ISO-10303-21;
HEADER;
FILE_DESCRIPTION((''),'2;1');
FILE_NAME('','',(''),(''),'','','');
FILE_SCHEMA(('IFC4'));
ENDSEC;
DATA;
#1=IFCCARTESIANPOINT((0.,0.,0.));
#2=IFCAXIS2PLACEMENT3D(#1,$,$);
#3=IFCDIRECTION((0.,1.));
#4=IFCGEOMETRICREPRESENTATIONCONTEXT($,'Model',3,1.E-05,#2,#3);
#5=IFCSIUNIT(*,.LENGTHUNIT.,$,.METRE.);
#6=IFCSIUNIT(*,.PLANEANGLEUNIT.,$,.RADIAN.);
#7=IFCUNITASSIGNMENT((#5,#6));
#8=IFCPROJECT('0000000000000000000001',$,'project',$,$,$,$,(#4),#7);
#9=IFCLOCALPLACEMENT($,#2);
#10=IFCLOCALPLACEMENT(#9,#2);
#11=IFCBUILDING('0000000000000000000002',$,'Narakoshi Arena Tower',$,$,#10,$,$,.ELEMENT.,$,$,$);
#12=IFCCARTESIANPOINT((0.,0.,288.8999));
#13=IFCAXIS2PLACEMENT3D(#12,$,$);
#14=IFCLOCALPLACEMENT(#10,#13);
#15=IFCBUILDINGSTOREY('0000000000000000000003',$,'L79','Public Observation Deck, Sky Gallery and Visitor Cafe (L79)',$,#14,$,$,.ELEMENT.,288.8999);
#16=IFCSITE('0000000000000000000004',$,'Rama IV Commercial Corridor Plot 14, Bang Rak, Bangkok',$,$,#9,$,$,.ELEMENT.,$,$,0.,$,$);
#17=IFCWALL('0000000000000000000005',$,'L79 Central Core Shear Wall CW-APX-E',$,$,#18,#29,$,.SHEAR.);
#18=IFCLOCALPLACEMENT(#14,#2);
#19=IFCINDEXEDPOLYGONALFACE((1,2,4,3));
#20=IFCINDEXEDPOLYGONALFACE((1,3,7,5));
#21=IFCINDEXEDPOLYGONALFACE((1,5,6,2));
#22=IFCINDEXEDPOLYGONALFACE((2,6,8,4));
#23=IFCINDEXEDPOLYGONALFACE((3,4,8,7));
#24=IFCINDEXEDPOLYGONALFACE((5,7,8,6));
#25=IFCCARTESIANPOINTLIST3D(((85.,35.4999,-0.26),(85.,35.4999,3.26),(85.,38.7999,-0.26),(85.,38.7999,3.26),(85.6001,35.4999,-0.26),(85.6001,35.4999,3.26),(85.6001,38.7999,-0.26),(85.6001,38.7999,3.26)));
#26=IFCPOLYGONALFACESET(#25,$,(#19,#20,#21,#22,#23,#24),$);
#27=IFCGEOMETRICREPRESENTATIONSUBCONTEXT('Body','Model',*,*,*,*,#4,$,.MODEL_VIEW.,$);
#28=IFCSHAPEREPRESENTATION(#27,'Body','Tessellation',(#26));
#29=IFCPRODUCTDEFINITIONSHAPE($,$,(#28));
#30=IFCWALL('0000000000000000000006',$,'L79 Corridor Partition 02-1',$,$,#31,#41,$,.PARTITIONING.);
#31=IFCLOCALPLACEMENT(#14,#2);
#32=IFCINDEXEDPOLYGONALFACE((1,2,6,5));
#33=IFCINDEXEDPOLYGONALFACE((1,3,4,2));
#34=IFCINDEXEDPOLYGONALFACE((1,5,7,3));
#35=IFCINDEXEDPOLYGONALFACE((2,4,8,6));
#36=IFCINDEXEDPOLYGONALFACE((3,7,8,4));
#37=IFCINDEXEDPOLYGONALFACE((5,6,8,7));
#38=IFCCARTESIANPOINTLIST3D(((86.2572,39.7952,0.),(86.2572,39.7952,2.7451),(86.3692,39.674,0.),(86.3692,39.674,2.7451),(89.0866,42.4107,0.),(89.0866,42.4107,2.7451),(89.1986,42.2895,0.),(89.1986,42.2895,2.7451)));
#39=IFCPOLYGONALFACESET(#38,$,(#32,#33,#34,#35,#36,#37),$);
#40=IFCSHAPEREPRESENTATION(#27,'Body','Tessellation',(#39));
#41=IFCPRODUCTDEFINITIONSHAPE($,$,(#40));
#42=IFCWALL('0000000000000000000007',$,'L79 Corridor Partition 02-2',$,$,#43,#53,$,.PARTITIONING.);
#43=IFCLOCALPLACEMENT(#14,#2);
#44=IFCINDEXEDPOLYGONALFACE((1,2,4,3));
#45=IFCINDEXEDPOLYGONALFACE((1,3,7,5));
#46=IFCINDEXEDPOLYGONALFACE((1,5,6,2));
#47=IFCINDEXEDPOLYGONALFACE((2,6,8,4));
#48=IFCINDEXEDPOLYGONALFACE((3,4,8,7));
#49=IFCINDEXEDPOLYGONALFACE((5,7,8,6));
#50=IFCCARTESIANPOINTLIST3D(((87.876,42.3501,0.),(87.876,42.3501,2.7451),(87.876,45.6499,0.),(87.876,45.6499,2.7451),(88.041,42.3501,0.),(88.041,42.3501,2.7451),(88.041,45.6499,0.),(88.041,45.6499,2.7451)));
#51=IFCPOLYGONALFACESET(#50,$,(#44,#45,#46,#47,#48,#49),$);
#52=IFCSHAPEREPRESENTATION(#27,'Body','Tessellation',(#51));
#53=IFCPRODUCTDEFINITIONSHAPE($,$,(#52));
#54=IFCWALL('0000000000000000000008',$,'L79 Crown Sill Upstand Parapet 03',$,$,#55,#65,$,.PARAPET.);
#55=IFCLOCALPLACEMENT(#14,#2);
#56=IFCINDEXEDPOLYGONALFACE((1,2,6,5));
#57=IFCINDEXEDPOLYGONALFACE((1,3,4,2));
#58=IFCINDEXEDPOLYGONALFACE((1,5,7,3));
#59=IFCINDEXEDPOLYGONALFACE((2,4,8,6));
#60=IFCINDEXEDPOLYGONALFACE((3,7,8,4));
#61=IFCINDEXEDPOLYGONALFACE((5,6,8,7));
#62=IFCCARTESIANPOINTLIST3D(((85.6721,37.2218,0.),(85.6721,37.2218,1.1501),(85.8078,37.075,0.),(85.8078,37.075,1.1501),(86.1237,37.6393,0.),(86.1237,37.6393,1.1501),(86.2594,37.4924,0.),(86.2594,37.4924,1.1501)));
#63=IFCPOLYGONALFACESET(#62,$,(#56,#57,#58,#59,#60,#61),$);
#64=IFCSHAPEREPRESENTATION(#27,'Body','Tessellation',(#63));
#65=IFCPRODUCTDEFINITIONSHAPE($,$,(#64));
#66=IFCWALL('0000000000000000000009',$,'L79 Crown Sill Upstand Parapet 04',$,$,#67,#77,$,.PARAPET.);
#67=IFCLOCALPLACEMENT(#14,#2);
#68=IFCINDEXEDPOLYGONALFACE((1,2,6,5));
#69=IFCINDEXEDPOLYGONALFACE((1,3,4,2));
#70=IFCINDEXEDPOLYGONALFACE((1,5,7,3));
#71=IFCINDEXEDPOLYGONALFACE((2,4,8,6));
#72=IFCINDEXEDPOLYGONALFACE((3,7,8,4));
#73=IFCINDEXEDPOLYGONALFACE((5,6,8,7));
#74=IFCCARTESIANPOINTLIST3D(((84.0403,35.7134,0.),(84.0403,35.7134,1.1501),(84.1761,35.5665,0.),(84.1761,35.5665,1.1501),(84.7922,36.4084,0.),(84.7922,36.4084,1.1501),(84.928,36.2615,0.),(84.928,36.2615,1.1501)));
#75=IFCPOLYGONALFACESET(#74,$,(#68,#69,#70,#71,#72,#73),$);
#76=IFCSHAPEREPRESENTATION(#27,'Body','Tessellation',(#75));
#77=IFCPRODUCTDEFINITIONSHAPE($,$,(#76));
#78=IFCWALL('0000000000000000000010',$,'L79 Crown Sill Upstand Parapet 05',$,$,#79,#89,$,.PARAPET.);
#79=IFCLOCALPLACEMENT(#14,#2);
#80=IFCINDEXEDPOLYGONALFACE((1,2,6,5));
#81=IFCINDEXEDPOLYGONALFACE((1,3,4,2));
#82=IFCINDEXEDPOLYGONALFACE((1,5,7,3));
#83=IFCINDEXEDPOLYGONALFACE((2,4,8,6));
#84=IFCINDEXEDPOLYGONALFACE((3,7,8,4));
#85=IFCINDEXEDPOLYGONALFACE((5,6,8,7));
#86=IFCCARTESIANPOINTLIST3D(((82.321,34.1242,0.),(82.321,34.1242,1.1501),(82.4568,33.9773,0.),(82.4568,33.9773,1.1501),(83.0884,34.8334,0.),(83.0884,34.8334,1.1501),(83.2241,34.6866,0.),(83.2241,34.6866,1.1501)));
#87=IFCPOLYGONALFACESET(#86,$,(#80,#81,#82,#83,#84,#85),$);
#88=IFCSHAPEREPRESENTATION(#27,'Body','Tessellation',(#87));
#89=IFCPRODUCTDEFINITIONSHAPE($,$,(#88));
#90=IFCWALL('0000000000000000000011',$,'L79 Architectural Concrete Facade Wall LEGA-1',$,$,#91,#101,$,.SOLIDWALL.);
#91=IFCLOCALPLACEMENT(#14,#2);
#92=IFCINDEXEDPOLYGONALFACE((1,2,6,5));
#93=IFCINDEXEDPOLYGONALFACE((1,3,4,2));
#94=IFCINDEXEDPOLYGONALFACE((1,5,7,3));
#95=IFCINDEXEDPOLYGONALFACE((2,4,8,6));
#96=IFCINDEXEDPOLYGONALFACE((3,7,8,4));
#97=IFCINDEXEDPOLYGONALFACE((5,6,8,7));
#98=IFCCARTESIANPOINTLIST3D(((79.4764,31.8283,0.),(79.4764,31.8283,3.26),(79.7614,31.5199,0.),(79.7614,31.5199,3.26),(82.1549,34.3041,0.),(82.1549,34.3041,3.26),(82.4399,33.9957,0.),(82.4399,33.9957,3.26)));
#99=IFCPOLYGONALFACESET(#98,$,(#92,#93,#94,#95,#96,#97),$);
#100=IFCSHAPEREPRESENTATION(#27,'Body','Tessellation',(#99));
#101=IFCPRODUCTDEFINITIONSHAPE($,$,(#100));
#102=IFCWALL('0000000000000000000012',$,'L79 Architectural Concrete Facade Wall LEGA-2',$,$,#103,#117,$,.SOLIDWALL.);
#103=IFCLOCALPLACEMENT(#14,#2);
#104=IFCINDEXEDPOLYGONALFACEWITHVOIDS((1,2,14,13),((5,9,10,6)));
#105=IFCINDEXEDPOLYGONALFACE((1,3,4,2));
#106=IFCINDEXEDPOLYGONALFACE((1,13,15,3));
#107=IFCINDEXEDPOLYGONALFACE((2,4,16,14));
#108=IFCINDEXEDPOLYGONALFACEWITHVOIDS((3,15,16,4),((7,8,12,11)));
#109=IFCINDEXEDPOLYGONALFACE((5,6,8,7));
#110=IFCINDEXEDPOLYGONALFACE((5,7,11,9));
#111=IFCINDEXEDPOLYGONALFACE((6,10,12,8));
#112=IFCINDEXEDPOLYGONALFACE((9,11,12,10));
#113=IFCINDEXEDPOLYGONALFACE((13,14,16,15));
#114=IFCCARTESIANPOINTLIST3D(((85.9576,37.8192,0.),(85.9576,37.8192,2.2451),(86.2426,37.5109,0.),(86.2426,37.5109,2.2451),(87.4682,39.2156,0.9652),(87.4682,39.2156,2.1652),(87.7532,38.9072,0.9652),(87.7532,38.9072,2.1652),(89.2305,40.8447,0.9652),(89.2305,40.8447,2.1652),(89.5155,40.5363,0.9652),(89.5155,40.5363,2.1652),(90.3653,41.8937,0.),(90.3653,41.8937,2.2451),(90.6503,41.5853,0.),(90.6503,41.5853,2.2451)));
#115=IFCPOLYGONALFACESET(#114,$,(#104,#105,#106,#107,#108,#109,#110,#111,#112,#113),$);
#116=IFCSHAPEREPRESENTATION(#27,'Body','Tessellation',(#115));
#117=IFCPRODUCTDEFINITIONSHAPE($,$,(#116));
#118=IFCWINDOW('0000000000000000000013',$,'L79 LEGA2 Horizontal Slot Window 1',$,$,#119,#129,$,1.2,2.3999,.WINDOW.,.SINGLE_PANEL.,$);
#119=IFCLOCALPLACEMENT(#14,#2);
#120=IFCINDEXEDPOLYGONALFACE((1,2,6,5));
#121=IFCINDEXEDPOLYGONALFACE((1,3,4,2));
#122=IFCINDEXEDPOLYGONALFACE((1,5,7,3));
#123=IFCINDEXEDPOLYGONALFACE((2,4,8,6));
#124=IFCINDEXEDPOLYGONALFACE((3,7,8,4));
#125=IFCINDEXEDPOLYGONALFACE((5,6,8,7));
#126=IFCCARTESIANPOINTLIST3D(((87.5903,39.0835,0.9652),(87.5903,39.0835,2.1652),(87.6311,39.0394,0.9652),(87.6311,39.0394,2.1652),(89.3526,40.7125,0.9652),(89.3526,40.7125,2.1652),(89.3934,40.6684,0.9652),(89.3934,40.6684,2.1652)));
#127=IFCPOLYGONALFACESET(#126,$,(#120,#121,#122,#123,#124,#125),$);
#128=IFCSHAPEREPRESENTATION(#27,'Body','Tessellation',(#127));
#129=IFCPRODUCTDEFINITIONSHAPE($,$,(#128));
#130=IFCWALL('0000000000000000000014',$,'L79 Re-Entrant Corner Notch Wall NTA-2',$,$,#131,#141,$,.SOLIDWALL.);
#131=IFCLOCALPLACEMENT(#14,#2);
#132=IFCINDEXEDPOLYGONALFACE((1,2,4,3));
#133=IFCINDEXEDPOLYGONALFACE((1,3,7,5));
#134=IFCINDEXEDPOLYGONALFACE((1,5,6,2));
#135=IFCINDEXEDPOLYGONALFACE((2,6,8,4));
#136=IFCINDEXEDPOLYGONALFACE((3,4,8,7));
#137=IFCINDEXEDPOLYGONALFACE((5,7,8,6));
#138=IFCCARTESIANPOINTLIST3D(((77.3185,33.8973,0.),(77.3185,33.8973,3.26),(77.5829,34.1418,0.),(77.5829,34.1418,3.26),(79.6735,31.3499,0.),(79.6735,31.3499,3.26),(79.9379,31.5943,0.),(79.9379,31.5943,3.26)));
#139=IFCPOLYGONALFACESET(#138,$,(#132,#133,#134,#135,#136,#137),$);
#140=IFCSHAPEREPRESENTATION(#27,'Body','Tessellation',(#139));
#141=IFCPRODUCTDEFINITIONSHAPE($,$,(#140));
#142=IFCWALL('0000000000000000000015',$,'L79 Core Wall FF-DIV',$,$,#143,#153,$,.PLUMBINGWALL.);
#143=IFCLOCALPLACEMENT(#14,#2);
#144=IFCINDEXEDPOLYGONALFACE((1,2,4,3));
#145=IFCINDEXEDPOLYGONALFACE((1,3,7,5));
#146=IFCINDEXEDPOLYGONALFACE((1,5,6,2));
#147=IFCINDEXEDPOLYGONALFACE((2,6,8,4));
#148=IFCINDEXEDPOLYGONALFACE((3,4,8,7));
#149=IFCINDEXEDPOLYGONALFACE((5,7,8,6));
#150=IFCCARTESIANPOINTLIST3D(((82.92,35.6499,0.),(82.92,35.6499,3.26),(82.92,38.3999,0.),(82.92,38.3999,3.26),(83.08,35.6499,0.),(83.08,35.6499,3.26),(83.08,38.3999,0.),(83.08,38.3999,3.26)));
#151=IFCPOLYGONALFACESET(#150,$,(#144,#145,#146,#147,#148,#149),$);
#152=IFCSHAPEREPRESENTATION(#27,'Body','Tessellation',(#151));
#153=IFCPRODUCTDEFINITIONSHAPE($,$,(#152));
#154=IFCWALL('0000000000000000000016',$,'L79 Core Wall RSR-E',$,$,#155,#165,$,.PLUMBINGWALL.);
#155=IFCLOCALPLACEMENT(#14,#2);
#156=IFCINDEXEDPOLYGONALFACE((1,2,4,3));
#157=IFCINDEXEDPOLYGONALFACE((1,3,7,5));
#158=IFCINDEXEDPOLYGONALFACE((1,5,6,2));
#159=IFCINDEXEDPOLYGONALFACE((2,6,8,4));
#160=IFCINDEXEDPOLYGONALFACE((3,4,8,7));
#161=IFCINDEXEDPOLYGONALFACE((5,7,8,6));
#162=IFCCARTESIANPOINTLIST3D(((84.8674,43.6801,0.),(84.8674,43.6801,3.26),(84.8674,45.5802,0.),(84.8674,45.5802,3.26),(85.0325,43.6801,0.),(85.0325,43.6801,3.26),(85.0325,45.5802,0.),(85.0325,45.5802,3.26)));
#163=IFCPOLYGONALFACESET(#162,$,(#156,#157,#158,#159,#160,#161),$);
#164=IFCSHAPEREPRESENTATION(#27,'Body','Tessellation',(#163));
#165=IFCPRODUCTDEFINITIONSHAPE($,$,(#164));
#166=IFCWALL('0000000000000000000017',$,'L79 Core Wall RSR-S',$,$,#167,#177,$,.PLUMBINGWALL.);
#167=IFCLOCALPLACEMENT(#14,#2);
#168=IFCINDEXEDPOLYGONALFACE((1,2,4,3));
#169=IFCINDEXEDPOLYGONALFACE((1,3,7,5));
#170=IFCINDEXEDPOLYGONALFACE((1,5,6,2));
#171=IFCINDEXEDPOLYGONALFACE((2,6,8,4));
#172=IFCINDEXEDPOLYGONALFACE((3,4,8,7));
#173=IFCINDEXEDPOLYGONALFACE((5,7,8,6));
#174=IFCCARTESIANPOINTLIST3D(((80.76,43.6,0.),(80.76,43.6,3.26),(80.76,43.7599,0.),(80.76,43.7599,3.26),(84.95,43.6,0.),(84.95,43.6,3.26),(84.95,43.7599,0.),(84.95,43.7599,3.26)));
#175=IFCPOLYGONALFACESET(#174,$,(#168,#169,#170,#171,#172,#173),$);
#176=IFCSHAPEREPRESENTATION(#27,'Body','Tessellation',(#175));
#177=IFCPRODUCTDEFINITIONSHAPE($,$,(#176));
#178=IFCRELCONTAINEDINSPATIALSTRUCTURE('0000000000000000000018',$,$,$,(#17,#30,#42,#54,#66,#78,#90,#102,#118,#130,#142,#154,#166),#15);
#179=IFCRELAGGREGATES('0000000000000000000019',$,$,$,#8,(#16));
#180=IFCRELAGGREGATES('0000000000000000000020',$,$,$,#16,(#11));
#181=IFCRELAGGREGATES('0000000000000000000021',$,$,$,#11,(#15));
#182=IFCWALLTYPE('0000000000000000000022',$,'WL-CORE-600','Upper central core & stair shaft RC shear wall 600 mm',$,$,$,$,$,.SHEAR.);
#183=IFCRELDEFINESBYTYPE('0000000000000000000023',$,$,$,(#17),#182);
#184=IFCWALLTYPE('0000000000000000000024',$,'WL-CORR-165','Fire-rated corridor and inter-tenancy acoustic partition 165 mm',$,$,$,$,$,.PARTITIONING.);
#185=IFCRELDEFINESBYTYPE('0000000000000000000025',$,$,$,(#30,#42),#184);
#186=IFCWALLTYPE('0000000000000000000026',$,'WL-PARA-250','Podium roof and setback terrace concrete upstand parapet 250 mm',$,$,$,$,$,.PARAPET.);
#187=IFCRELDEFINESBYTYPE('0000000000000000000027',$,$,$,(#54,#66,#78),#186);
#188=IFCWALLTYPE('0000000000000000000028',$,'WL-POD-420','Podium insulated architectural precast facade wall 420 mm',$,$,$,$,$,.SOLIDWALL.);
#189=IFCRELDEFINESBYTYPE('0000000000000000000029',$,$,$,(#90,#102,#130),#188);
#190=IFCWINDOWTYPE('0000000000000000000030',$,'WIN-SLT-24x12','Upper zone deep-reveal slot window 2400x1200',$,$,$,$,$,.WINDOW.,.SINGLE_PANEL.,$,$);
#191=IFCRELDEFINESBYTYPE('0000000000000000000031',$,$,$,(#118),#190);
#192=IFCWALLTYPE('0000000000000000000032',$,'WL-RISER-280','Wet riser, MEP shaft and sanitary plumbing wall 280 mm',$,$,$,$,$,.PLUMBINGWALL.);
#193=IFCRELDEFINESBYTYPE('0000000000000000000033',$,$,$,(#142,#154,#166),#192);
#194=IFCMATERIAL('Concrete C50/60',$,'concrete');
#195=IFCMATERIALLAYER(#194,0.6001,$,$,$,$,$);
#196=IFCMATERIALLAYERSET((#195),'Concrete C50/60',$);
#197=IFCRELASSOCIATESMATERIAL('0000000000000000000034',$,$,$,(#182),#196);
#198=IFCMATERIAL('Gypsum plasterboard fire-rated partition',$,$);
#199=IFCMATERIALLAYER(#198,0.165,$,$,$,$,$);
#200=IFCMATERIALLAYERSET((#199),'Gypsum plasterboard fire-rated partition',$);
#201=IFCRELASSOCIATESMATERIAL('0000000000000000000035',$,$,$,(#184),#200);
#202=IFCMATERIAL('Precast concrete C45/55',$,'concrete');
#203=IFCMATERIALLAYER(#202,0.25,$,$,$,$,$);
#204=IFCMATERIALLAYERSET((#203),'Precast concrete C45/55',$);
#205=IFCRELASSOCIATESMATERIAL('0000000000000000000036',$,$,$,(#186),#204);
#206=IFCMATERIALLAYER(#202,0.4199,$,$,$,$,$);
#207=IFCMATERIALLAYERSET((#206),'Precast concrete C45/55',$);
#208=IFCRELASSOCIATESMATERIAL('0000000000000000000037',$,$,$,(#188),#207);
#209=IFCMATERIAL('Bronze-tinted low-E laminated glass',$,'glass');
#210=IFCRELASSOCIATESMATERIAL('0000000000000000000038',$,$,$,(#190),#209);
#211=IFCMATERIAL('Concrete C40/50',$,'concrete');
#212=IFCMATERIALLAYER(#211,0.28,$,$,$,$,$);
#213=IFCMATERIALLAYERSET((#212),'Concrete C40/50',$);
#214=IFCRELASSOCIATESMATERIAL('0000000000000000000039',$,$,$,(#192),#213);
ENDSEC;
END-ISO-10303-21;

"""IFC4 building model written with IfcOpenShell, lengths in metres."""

from ifc_helpers import new_model, si_unit, direction, frame, frame_2d, origin, place, context, subcontext, project, spatial, rectangle, extrude, material, layer, layer_set, type_object, element, fill, save


model = new_model("IFC4")

# Units and contexts
model_context = context("Model", 3, precision=1e-05, world=origin(), true_north=direction((0.0, 1.0)))
body_context = subcontext(model_context, "Body", "Model", "MODEL_VIEW")
ifc_project = project(units=[si_unit("LENGTHUNIT", "METRE"), si_unit("PLANEANGLEUNIT", "RADIAN")], contexts=[model_context])

# Site, building, storey
site_placement = place(None, origin())
site = spatial("IfcSite", under=ifc_project, at=site_placement, Name="Rama IV Commercial Corridor Plot 14, Bang Rak, Bangkok", CompositionType="ELEMENT", RefElevation=0.0)
building_placement = place(site_placement, origin())
building = spatial("IfcBuilding", under=site, at=building_placement, Name="Narakoshi Arena Tower", CompositionType="ELEMENT")
storey_placement = place(building_placement, frame((0.0, 0.0, 288.8999)))
storey = spatial("IfcBuildingStorey", under=building, at=storey_placement, Name="L79", Description="Public Observation Deck, Sky Gallery and Visitor Cafe (L79)", CompositionType="ELEMENT", Elevation=288.8999)

# Walls
ifc_material_1 = material(Name="Concrete C50/60", Category="concrete")
ifc_layer_1 = layer(ifc_material_1, 0.6001)
ifc_layer_set_1 = layer_set([ifc_layer_1], Name="Concrete C50/60")
wall_type_1 = type_object("IfcWallType", Name="WL-CORE-600", Description="Upper central core & stair shaft RC shear wall 600 mm", PredefinedType="SHEAR", material=ifc_layer_set_1)
wall_1_placement = place(storey_placement, frame((85.3, 35.5, -0.26), z_axis=(0.0, 0.0, 1.0), x_axis=(0.0, 1.0, 0.0)))
element("IfcWall", 1, at=wall_1_placement, inside=storey, type_object=wall_type_1, Name="L79 Central Core Shear Wall CW-APX-E", PredefinedType="SHEAR", context=body_context, shape_type="SweptSolid", body=[
    extrude(rectangle(XDim=3.3, YDim=0.6001, at=frame_2d((1.6499, 0.0))), origin(), (0.0, 0.0, 1.0), 3.52),
])
ifc_material_2 = material(Name="Gypsum plasterboard fire-rated partition")
ifc_layer_2 = layer(ifc_material_2, 0.165)
ifc_layer_set_2 = layer_set([ifc_layer_2], Name="Gypsum plasterboard fire-rated partition")
wall_type_2 = type_object("IfcWallType", Name="WL-CORR-165", Description="Fire-rated corridor and inter-tenancy acoustic partition 165 mm", PredefinedType="PARTITIONING", material=ifc_layer_set_2)
wall_2_placement = place(storey_placement, frame((86.3132, 39.7346, 0.0), z_axis=(0.0, 0.0, 1.0), x_axis=(0.734315, 0.678809, 0.0)))
element("IfcWall", 2, at=wall_2_placement, inside=storey, type_object=wall_type_2, Name="L79 Corridor Partition 02-1", PredefinedType="PARTITIONING", context=body_context, shape_type="SweptSolid", body=[
    extrude(rectangle(XDim=3.853, YDim=0.165, at=frame_2d((1.9265, 0.0))), origin(), (0.0, 0.0, 1.0), 2.7451),
])
wall_3_placement = place(storey_placement, frame((87.9585, 42.3501, 0.0), z_axis=(0.0, 0.0, 1.0), x_axis=(0.0, 1.0, 0.0)))
element("IfcWall", 3, at=wall_3_placement, inside=storey, type_object=wall_type_2, Name="L79 Corridor Partition 02-2", PredefinedType="PARTITIONING", context=body_context, shape_type="SweptSolid", body=[
    extrude(rectangle(XDim=3.2998, YDim=0.165, at=frame_2d((1.6499, 0.0))), origin(), (0.0, 0.0, 1.0), 2.7451),
])
ifc_material_3 = material(Name="Precast concrete C45/55", Category="concrete")
ifc_layer_3 = layer(ifc_material_3, 0.25)
ifc_layer_set_3 = layer_set([ifc_layer_3], Name="Precast concrete C45/55")
wall_type_3 = type_object("IfcWallType", Name="WL-PARA-250", Description="Podium roof and setback terrace concrete upstand parapet 250 mm", PredefinedType="PARAPET", material=ifc_layer_set_3)
wall_4_placement = place(storey_placement, frame((86.1917, 37.5659, 0.0), z_axis=(0.0, 0.0, 1.0), x_axis=(-0.734347, -0.678775, 0.0)))
element("IfcWall", 4, at=wall_4_placement, inside=storey, type_object=wall_type_3, Name="L79 Crown Sill Upstand Parapet 03", PredefinedType="PARAPET", context=body_context, shape_type="SweptSolid", body=[
    extrude(rectangle(XDim=0.615, YDim=0.2, at=frame_2d((0.3076, 0.0))), origin(), (0.0, 0.0, 1.0), 1.1501),
])
wall_5_placement = place(storey_placement, frame((84.8601, 36.335, 0.0), z_axis=(0.0, 0.0, 1.0), x_axis=(-0.734337, -0.678785, 0.0)))
element("IfcWall", 5, at=wall_5_placement, inside=storey, type_object=wall_type_3, Name="L79 Crown Sill Upstand Parapet 04", PredefinedType="PARAPET", context=body_context, shape_type="SweptSolid", body=[
    extrude(rectangle(XDim=1.0239, YDim=0.2, at=frame_2d((0.512, 0.0))), origin(), (0.0, 0.0, 1.0), 1.1501),
])
wall_6_placement = place(storey_placement, frame((83.1562, 34.76, 0.0), z_axis=(0.0, 0.0, 1.0), x_axis=(-0.734364, -0.678755, 0.0)))
element("IfcWall", 6, at=wall_6_placement, inside=storey, type_object=wall_type_3, Name="L79 Crown Sill Upstand Parapet 05", PredefinedType="PARAPET", context=body_context, shape_type="SweptSolid", body=[
    extrude(rectangle(XDim=1.0449, YDim=0.2, at=frame_2d((0.5225, 0.0))), origin(), (0.0, 0.0, 1.0), 1.1501),
])
ifc_layer_4 = layer(ifc_material_3, 0.4199)
ifc_layer_set_4 = layer_set([ifc_layer_4], Name="Precast concrete C45/55")
wall_type_4 = type_object("IfcWallType", Name="WL-POD-420", Description="Podium insulated architectural precast facade wall 420 mm", PredefinedType="SOLIDWALL", material=ifc_layer_set_4)
wall_7_placement = place(storey_placement, frame((79.6189, 31.6741, 0.0), z_axis=(0.0, 0.0, 1.0), x_axis=(0.734339, 0.678783, 0.0)))
element("IfcWall", 7, at=wall_7_placement, inside=storey, type_object=wall_type_4, Name="L79 Architectural Concrete Facade Wall LEGA-1", PredefinedType="SOLIDWALL", context=body_context, shape_type="SweptSolid", body=[
    extrude(rectangle(XDim=3.6475, YDim=0.4199, at=frame_2d((1.8237, 0.0))), origin(), (0.0, 0.0, 1.0), 3.26),
])

# Wall, opening, window
wall_8_placement = place(storey_placement, frame((86.1001, 37.665, 0.0), z_axis=(0.0, 0.0, 1.0), x_axis=(0.734321, 0.678802, 0.0)))
wall_8 = element("IfcWall", 8, at=wall_8_placement, inside=storey, type_object=wall_type_4, Name="L79 Architectural Concrete Facade Wall LEGA-2", PredefinedType="SOLIDWALL", context=body_context, shape_type="SweptSolid", body=[
    extrude(rectangle(XDim=6.0024, YDim=0.4199, at=frame_2d((3.0012, 0.0))), origin(), (0.0, 0.0, 1.0), 2.2451),
])
opening_1_placement = place(wall_8_placement, frame((2.0571, 0.0, 0.9651)))
opening_1 = element("IfcOpeningElement", 9, at=opening_1_placement, cuts=wall_8, PredefinedType="OPENING", context=body_context, shape_type="SweptSolid", body=[
    extrude(rectangle(XDim=2.3999, YDim=1.2, at=frame_2d((1.2, 0.6001))), frame((0.0, 0.22, 0.0), z_axis=(0.0, -1.0, 0.0), x_axis=(1.0, 0.0, 0.0)), (0.0, 0.0, 1.0), 0.4399),
])
ifc_material_4 = material(Name="Bronze-tinted low-E laminated glass", Category="glass")
window_type = type_object("IfcWindowType", Name="WIN-SLT-24x12", Description="Upper zone deep-reveal slot window 2400x1200", PartitioningType="SINGLE_PANEL", PredefinedType="WINDOW", material=ifc_material_4)
window_placement = place(opening_1_placement, origin())
window = element("IfcWindow", 10, at=window_placement, inside=storey, type_object=window_type, Name="L79 LEGA2 Horizontal Slot Window 1", OverallHeight=1.2, OverallWidth=2.3999, PartitioningType="SINGLE_PANEL", PredefinedType="WINDOW", context=body_context, shape_type="SweptSolid", body=[
    extrude(rectangle(XDim=2.3999, YDim=1.2, at=frame_2d((1.2, 0.6001))), frame((0.0, 0.03, 0.0), z_axis=(0.0, -1.0, 0.0), x_axis=(1.0, 0.0, 0.0)), (0.0, 0.0, 1.0), 0.0601),
])
fill(opening_1, window)

# Walls
wall_9_placement = place(storey_placement, frame((77.4507, 34.0195, 0.0), z_axis=(0.0, 0.0, 1.0), x_axis=(0.678835, -0.734291, 0.0)))
element("IfcWall", 11, at=wall_9_placement, inside=storey, type_object=wall_type_4, Name="L79 Re-Entrant Corner Notch Wall NTA-2", PredefinedType="SOLIDWALL", context=body_context, shape_type="SweptSolid", body=[
    extrude(rectangle(XDim=3.4692, YDim=0.3601, at=frame_2d((1.7346, 0.0))), origin(), (0.0, 0.0, 1.0), 3.26),
])
ifc_material_5 = material(Name="Concrete C40/50", Category="concrete")
ifc_layer_5 = layer(ifc_material_5, 0.28)
ifc_layer_set_5 = layer_set([ifc_layer_5], Name="Concrete C40/50")
wall_type_5 = type_object("IfcWallType", Name="WL-RISER-280", Description="Wet riser, MEP shaft and sanitary plumbing wall 280 mm", PredefinedType="PLUMBINGWALL", material=ifc_layer_set_5)
wall_10_placement = place(storey_placement, frame((83.0, 35.6499, 0.0), z_axis=(0.0, 0.0, 1.0), x_axis=(0.0, 1.0, 0.0)))
element("IfcWall", 12, at=wall_10_placement, inside=storey, type_object=wall_type_5, Name="L79 Core Wall FF-DIV", PredefinedType="PLUMBINGWALL", context=body_context, shape_type="SweptSolid", body=[
    extrude(rectangle(XDim=2.75, YDim=0.1599, at=frame_2d((1.375, 0.0))), origin(), (0.0, 0.0, 1.0), 3.26),
])
wall_11_placement = place(storey_placement, frame((84.95, 43.6799, 0.0), z_axis=(0.0, 0.0, 1.0), x_axis=(0.0, 1.0, 0.0)))
element("IfcWall", 13, at=wall_11_placement, inside=storey, type_object=wall_type_5, Name="L79 Core Wall RSR-E", PredefinedType="PLUMBINGWALL", context=body_context, shape_type="SweptSolid", body=[
    extrude(rectangle(XDim=1.9001, YDim=0.165, at=frame_2d((0.9502, 0.0))), origin(), (0.0, 0.0, 1.0), 3.26),
])
wall_12_placement = place(storey_placement, frame((80.76, 43.6799, 0.0), z_axis=(0.0, 0.0, 1.0), x_axis=(1.0, 0.0, 0.0)))
element("IfcWall", 14, at=wall_12_placement, inside=storey, type_object=wall_type_5, Name="L79 Core Wall RSR-S", PredefinedType="PLUMBINGWALL", context=body_context, shape_type="SweptSolid", body=[
    extrude(rectangle(XDim=4.1899, YDim=0.1599, at=frame_2d((2.095, 0.0))), origin(), (0.0, 0.0, 1.0), 3.26),
])

save(model, "model.ifc")
